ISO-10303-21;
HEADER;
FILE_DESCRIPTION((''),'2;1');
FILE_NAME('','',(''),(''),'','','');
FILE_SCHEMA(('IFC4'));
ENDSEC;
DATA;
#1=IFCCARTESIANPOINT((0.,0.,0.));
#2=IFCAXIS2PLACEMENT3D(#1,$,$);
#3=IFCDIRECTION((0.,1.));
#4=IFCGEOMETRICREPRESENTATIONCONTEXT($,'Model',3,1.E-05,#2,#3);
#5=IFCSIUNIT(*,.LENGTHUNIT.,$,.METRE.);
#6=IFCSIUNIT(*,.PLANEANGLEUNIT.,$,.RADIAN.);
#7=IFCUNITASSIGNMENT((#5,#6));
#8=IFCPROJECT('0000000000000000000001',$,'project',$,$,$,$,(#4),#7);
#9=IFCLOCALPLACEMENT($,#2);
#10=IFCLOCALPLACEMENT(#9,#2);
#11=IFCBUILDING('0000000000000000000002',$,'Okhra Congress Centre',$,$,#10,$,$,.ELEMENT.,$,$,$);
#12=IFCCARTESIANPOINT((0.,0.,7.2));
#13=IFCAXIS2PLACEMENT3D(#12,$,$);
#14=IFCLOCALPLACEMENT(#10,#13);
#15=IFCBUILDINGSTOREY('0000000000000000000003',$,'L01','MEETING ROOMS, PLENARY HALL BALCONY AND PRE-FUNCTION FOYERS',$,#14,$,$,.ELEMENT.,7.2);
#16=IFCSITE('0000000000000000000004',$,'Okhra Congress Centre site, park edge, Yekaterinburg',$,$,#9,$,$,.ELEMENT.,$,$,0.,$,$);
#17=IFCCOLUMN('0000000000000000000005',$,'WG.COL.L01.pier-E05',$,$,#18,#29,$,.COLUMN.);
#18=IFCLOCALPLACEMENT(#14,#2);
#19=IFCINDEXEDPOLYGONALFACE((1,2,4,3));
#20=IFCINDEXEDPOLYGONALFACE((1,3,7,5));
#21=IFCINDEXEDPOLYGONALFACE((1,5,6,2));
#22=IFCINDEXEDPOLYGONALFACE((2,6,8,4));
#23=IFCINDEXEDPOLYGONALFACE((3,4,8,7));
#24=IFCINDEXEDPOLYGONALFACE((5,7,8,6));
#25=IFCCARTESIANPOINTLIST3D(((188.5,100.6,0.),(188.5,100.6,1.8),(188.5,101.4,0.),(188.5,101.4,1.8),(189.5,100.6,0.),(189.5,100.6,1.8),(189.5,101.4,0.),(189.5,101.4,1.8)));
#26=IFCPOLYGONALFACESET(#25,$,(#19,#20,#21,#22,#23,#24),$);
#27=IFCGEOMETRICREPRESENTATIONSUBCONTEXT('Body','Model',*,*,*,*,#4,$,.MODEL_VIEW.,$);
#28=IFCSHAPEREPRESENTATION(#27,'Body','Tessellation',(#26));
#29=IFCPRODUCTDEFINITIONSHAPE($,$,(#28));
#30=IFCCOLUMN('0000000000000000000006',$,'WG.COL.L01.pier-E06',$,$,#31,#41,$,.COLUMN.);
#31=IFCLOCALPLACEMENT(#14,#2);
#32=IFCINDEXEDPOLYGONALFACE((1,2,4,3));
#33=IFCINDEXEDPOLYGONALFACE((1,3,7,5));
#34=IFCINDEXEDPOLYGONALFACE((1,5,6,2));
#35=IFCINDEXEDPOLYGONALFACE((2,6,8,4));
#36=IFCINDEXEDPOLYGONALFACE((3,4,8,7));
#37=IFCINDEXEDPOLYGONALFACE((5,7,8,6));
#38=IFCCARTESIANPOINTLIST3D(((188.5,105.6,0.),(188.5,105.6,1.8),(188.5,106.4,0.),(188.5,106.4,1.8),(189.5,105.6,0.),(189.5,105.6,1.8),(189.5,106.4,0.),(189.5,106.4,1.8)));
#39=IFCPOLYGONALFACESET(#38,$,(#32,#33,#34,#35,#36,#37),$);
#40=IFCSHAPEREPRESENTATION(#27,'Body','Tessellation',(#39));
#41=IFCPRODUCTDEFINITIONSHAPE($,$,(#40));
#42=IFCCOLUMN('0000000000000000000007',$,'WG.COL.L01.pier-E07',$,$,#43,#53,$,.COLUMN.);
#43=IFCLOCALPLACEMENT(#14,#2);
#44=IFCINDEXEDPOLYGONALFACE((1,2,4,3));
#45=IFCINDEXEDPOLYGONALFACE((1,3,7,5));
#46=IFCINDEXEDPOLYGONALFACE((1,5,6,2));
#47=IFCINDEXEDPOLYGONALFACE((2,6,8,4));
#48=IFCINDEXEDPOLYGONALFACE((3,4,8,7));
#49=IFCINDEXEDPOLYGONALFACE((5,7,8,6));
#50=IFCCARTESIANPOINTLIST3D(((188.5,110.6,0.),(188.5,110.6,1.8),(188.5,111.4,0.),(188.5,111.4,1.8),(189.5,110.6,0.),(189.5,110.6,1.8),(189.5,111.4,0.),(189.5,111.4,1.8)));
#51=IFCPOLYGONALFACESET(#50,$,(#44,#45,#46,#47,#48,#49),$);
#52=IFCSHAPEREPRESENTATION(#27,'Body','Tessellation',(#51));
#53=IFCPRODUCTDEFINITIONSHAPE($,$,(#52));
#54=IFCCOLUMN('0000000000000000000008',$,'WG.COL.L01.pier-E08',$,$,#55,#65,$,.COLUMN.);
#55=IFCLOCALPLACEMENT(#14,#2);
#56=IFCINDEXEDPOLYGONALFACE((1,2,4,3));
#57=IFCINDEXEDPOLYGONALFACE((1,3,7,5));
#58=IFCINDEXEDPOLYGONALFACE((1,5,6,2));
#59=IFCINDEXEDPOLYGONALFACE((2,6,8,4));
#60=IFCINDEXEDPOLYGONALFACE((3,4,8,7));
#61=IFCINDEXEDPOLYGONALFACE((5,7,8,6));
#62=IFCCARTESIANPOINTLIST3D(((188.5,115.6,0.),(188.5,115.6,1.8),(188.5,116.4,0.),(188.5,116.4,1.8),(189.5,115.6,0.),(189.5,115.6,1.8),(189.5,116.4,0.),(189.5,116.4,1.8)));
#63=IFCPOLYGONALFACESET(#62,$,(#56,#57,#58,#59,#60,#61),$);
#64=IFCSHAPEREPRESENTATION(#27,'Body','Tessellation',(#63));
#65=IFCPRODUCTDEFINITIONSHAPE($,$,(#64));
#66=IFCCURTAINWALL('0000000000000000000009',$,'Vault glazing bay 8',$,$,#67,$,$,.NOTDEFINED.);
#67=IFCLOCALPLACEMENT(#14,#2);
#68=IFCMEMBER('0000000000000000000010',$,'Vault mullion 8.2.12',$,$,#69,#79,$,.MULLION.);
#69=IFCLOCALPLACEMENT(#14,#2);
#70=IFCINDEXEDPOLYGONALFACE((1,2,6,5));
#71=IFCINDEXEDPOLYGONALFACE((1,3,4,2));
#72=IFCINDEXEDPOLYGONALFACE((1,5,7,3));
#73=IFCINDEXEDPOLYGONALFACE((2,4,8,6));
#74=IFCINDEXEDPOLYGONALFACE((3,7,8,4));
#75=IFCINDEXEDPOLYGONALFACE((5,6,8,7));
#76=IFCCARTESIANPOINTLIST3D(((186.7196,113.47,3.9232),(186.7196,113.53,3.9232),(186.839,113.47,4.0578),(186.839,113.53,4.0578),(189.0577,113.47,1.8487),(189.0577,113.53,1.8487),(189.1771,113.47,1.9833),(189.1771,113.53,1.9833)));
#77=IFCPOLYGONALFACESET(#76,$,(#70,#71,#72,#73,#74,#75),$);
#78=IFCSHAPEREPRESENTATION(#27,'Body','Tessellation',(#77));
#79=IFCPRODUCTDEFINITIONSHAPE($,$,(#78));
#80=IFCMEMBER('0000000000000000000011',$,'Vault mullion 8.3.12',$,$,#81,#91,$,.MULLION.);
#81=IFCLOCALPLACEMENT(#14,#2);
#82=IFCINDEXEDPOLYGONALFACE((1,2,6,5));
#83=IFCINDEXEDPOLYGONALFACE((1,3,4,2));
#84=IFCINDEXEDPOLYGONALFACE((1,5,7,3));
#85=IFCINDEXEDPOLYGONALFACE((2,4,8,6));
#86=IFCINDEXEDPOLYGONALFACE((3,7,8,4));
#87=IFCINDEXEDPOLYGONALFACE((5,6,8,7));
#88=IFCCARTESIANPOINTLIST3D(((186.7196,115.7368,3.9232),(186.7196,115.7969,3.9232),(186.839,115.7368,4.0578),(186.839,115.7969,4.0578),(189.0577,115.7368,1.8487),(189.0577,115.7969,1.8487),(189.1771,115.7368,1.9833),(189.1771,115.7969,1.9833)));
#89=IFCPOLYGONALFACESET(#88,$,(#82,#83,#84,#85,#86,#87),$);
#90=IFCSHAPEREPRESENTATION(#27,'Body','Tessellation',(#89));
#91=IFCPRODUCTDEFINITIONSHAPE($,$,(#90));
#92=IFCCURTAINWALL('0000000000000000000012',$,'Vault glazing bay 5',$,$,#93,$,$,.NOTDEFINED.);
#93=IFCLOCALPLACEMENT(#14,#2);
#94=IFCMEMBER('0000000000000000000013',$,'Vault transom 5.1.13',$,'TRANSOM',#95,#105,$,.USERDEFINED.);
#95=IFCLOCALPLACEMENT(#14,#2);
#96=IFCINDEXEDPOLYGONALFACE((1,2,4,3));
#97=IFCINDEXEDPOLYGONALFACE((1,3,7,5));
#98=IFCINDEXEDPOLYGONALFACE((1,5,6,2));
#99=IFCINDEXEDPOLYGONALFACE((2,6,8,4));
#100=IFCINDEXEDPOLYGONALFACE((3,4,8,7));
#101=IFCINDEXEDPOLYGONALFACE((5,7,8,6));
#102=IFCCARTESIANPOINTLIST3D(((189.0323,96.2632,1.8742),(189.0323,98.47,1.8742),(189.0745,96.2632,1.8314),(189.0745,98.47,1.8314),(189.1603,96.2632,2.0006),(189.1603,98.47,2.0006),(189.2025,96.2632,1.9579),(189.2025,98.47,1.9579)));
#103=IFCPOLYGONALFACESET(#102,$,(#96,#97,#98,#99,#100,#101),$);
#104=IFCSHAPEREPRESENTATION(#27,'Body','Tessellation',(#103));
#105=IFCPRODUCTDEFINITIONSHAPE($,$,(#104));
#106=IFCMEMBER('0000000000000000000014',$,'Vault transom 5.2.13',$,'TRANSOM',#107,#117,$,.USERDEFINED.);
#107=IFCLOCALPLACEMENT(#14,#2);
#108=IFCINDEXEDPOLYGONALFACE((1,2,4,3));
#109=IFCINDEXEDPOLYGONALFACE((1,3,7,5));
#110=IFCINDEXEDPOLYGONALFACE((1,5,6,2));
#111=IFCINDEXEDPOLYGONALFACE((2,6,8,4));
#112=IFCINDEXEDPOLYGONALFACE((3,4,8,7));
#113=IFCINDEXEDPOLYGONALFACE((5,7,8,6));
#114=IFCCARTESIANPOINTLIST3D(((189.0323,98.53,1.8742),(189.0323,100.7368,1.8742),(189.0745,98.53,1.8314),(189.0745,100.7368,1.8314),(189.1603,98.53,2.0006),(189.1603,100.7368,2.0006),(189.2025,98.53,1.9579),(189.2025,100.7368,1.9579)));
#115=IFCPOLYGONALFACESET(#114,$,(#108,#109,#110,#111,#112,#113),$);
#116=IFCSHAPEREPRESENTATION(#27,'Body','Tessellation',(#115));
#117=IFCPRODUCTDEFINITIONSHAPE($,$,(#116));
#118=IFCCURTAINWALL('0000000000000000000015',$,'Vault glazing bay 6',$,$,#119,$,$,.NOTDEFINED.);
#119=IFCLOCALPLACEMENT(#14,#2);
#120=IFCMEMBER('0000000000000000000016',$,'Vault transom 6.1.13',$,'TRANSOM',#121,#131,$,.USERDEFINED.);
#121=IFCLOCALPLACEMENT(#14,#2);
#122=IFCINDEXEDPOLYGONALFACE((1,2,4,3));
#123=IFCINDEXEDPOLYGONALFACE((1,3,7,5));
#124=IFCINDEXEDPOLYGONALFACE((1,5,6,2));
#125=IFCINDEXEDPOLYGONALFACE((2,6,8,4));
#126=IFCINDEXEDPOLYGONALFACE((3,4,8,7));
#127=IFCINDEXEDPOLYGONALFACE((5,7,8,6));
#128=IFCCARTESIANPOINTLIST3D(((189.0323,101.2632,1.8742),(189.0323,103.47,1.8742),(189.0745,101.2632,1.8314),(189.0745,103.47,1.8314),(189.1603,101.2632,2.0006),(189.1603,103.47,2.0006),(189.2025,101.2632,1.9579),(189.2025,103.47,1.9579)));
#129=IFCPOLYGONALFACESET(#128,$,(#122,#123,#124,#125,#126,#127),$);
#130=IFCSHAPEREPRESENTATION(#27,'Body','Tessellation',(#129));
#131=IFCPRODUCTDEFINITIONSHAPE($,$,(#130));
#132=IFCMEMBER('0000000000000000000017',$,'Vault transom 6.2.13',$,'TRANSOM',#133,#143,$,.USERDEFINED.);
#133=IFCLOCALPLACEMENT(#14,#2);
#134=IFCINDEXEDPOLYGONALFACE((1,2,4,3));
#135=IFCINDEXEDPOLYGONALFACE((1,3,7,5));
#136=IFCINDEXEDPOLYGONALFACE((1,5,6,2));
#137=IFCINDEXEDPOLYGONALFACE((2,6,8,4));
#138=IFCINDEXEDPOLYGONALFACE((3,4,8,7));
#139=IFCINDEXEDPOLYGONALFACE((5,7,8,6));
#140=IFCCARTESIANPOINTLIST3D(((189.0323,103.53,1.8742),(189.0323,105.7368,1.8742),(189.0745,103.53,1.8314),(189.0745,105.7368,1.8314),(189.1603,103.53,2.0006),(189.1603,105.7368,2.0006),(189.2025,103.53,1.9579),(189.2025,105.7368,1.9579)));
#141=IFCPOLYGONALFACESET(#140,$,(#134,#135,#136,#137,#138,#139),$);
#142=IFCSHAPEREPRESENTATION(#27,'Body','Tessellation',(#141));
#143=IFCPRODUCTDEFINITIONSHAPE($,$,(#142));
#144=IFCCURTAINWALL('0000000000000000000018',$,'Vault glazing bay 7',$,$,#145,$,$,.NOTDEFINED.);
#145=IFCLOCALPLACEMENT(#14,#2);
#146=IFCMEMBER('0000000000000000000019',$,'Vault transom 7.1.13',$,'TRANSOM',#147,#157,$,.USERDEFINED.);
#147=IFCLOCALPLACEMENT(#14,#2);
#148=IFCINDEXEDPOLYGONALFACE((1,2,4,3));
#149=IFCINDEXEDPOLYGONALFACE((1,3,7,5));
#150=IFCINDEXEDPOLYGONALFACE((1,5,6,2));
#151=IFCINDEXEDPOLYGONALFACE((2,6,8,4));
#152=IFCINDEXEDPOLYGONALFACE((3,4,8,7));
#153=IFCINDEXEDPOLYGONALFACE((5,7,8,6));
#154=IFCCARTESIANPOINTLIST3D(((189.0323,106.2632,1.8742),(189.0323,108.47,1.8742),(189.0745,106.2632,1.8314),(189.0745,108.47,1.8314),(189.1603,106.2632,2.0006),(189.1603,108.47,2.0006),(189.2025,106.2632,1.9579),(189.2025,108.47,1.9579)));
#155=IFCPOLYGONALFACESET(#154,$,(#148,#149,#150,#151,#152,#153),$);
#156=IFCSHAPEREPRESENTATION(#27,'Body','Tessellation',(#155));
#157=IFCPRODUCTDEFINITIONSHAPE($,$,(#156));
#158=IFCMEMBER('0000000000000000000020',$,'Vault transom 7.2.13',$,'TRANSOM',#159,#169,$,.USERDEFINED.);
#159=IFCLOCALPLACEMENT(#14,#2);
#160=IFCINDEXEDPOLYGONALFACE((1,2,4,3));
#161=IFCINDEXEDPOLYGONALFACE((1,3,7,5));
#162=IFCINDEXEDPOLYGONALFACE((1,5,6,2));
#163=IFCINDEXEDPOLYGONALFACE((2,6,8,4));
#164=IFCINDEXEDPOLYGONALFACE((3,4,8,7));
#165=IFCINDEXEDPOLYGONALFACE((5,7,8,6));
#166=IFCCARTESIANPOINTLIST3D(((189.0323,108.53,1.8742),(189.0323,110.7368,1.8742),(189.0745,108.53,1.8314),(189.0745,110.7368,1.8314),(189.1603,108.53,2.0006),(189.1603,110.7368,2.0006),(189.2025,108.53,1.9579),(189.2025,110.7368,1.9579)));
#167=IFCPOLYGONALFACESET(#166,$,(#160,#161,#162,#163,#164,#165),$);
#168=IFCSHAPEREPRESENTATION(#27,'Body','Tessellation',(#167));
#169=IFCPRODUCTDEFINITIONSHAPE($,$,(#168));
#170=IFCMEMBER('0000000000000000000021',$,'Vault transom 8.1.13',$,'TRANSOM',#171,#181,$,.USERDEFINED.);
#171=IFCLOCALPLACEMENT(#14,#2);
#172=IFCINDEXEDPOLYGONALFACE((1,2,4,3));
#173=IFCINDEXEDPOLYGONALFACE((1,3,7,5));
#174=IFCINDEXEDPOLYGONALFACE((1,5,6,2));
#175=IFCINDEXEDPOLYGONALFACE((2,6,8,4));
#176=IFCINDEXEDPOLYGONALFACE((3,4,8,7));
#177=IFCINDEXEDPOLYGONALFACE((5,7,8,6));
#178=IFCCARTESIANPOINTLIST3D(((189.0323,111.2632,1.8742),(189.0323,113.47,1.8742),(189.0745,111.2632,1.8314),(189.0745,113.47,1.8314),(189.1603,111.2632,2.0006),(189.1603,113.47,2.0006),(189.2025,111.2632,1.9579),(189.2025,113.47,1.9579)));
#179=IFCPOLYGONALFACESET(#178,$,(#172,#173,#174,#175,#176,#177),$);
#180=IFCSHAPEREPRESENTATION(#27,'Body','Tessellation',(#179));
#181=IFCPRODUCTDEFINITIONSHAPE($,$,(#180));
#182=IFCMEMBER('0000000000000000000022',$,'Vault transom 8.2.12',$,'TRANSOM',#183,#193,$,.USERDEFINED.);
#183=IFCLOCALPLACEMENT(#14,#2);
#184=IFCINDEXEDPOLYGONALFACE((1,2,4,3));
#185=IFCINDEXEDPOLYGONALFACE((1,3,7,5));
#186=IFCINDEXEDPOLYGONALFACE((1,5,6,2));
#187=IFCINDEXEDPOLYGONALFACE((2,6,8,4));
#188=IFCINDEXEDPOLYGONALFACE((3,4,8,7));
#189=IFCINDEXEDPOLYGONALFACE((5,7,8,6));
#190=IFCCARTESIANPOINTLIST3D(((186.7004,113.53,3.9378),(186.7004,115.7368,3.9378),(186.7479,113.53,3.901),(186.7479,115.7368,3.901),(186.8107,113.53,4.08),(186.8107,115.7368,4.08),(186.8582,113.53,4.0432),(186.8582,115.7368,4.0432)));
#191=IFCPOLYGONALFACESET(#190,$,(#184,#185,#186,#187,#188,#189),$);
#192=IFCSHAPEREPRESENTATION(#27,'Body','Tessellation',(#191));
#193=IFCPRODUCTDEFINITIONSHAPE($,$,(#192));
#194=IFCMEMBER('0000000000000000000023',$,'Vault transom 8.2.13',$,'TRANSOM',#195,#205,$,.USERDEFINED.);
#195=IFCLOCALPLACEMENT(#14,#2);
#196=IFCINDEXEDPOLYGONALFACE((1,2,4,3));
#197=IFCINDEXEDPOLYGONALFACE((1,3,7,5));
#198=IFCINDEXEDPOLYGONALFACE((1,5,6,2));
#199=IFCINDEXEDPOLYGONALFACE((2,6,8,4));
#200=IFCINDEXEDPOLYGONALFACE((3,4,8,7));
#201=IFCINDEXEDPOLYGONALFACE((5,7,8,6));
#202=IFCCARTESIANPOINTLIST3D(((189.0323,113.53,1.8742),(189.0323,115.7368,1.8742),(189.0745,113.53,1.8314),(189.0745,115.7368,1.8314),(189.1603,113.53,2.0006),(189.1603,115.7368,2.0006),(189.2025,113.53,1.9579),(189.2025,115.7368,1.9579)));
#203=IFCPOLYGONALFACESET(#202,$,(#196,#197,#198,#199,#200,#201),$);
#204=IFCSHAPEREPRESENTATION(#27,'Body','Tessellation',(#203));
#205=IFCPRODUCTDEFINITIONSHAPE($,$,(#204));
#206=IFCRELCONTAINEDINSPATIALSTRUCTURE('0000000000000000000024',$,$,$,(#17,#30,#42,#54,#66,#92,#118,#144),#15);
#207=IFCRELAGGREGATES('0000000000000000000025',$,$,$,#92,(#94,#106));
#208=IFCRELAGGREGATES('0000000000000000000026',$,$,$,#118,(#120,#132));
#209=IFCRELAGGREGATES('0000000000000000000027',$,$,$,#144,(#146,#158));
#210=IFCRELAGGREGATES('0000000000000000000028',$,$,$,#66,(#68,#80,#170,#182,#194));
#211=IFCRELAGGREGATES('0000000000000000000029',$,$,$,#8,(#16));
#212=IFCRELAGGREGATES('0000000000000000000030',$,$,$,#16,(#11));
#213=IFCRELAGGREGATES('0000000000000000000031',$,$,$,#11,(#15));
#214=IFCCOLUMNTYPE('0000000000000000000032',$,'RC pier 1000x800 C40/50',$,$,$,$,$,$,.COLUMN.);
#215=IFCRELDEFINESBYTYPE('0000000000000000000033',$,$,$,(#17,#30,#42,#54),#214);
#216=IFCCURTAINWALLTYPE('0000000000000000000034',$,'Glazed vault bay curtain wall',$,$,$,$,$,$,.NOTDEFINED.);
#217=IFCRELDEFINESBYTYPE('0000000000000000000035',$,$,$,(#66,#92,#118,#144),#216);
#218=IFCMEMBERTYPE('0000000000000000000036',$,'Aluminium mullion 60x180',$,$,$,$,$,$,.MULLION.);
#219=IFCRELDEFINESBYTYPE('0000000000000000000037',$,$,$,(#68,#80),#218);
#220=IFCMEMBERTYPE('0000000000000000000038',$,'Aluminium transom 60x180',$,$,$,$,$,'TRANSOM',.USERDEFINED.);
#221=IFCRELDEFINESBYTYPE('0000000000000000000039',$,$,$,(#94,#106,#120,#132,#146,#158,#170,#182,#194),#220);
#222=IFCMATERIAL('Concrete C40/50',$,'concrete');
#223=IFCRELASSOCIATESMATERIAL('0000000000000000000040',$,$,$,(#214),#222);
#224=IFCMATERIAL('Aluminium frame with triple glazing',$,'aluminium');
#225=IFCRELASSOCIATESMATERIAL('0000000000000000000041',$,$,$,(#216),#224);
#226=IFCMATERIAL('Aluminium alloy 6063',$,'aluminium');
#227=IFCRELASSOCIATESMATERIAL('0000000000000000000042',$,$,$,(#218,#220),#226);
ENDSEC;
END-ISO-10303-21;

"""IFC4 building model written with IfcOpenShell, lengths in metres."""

from ifc_helpers import new_model, si_unit, direction, frame, origin, origin_2d, place, context, subcontext, project, spatial, rectangle, extrude, material, material_profile, profile_set, type_object, element, aggregate, save


model = new_model("IFC4")

# Units and contexts
model_context = context("Model", 3, precision=1e-05, world=origin(), true_north=direction((0.0, 1.0)))
body_context = subcontext(model_context, "Body", "Model", "MODEL_VIEW")
ifc_project = project(units=[si_unit("LENGTHUNIT", "METRE"), si_unit("PLANEANGLEUNIT", "RADIAN")], contexts=[model_context])

# Site, building, storey
site_placement = place(None, origin())
site = spatial("IfcSite", under=ifc_project, at=site_placement, Name="Okhra Congress Centre site, park edge, Yekaterinburg", CompositionType="ELEMENT", RefElevation=0.0)
building_placement = place(site_placement, origin())
building = spatial("IfcBuilding", under=site, at=building_placement, Name="Okhra Congress Centre", CompositionType="ELEMENT")
storey_placement = place(building_placement, frame((0.0, 0.0, 7.2)))
storey = spatial("IfcBuildingStorey", under=building, at=storey_placement, Name="L01", Description="MEETING ROOMS, PLENARY HALL BALCONY AND PRE-FUNCTION FOYERS", CompositionType="ELEMENT", Elevation=7.2)

# Columns
ifc_material_1 = material(Name="Concrete C40/50", Category="concrete")
ifc_material_profile_1 = material_profile(ifc_material_1, rectangle(XDim=1.0, YDim=0.8, at=origin_2d()), Name="RC 1000x800")
ifc_profile_set_1 = profile_set([ifc_material_profile_1], Name="Concrete C40/50")
column_type = type_object("IfcColumnType", Name="RC pier 1000x800 C40/50", PredefinedType="COLUMN", material=ifc_profile_set_1)
for number, where, z_axis, x_axis, name in (
    (1, (189.0, 101.0, 0.0), (0.0, 0.0, 1.0), (1.0, 0.0, 0.0), "WG.COL.L01.pier-E05"),
    (2, (189.0, 106.0, 0.0), (0.0, 0.0, 1.0), (1.0, 0.0, 0.0), "WG.COL.L01.pier-E06"),
    (3, (189.0, 111.0, 0.0), (0.0, 0.0, 1.0), (1.0, 0.0, 0.0), "WG.COL.L01.pier-E07"),
    (4, (189.0, 116.0, 0.0), (0.0, 0.0, 1.0), (1.0, 0.0, 0.0), "WG.COL.L01.pier-E08"),
):
    element("IfcColumn", number, at=place(storey_placement, frame(where, z_axis=z_axis, x_axis=x_axis)), inside=storey, type_object=column_type, Name=name, PredefinedType="COLUMN", context=body_context, shape_type="SweptSolid", body=[
        extrude(rectangle(XDim=1.0, YDim=0.8, at=origin_2d()), origin(), (0.0, 0.0, 1.0), 1.8),
    ])

# Curtain walls, members
ifc_material_2 = material(Name="Aluminium frame with triple glazing", Category="aluminium")
curtain_wall_type = type_object("IfcCurtainWallType", Name="Glazed vault bay curtain wall", PredefinedType="NOTDEFINED", material=ifc_material_2)
curtain_wall_1_placement = place(storey_placement, origin())
curtain_wall_1 = element("IfcCurtainWall", 5, at=curtain_wall_1_placement, inside=storey, type_object=curtain_wall_type, Name="Vault glazing bay 8", PredefinedType="NOTDEFINED")
ifc_material_3 = material(Name="Aluminium alloy 6063", Category="aluminium")
ifc_material_profile_2 = material_profile(ifc_material_3, rectangle(XDim=0.0601, YDim=0.1799, at=origin_2d()), Name="AL 60x180")
ifc_profile_set_2 = profile_set([ifc_material_profile_2], Name="Aluminium alloy 6063")
member_type_1 = type_object("IfcMemberType", Name="Aluminium mullion 60x180", PredefinedType="MULLION", material=ifc_profile_set_2)
member_1_placement = place(storey_placement, frame((186.7793, 113.5, 3.9905), z_axis=(0.748025, 0.0, -0.66367), x_axis=(0.0, 1.0, 0.0)))
member_1 = element("IfcMember", 6, at=member_1_placement, type_object=member_type_1, Name="Vault mullion 8.2.12", PredefinedType="MULLION", context=body_context, shape_type="SweptSolid", body=[
    extrude(rectangle(XDim=0.0601, YDim=0.1799, at=origin_2d()), origin(), (0.0, 0.0, 1.0), 3.1257),
])
member_2_placement = place(storey_placement, frame((186.7793, 115.7668, 3.9905), z_axis=(0.748025, 0.0, -0.66367), x_axis=(0.0, 1.0, 0.0)))
member_2 = element("IfcMember", 7, at=member_2_placement, type_object=member_type_1, Name="Vault mullion 8.3.12", PredefinedType="MULLION", context=body_context, shape_type="SweptSolid", body=[
    extrude(rectangle(XDim=0.0601, YDim=0.1799, at=origin_2d()), origin(), (0.0, 0.0, 1.0), 3.1257),
])
curtain_wall_2_placement = place(storey_placement, origin())
curtain_wall_2 = element("IfcCurtainWall", 8, at=curtain_wall_2_placement, inside=storey, type_object=curtain_wall_type, Name="Vault glazing bay 5", PredefinedType="NOTDEFINED")
ifc_material_profile_3 = material_profile(ifc_material_3, rectangle(XDim=0.0601, YDim=0.1799, at=origin_2d()), Name="AL 60x180 transom")
ifc_profile_set_3 = profile_set([ifc_material_profile_3], Name="Aluminium alloy 6063")
member_type_2 = type_object("IfcMemberType", Name="Aluminium transom 60x180", ElementType="TRANSOM", PredefinedType="USERDEFINED", material=ifc_profile_set_3)
member_3_placement = place(storey_placement, frame((189.1174, 96.2632, 1.916), z_axis=(0.0, 1.0, 0.0), x_axis=(-0.702636, 0.0, 0.711549)))
member_3 = element("IfcMember", 9, at=member_3_placement, type_object=member_type_2, Name="Vault transom 5.1.13", ObjectType="TRANSOM", PredefinedType="USERDEFINED", context=body_context, shape_type="SweptSolid", body=[
    extrude(rectangle(XDim=0.0601, YDim=0.1799, at=origin_2d()), origin(), (0.0, 0.0, 1.0), 2.2068),
])
member_4_placement = place(storey_placement, frame((189.1174, 98.53, 1.916), z_axis=(0.0, 1.0, 0.0), x_axis=(-0.702636, 0.0, 0.711549)))
member_4 = element("IfcMember", 10, at=member_4_placement, type_object=member_type_2, Name="Vault transom 5.2.13", ObjectType="TRANSOM", PredefinedType="USERDEFINED", context=body_context, shape_type="SweptSolid", body=[
    extrude(rectangle(XDim=0.0601, YDim=0.1799, at=origin_2d()), origin(), (0.0, 0.0, 1.0), 2.2068),
])
curtain_wall_3_placement = place(storey_placement, origin())
curtain_wall_3 = element("IfcCurtainWall", 11, at=curtain_wall_3_placement, inside=storey, type_object=curtain_wall_type, Name="Vault glazing bay 6", PredefinedType="NOTDEFINED")
member_5_placement = place(storey_placement, frame((189.1174, 101.2632, 1.916), z_axis=(0.0, 1.0, 0.0), x_axis=(-0.702636, 0.0, 0.711549)))
member_5 = element("IfcMember", 12, at=member_5_placement, type_object=member_type_2, Name="Vault transom 6.1.13", ObjectType="TRANSOM", PredefinedType="USERDEFINED", context=body_context, shape_type="SweptSolid", body=[
    extrude(rectangle(XDim=0.0601, YDim=0.1799, at=origin_2d()), origin(), (0.0, 0.0, 1.0), 2.2068),
])
member_6_placement = place(storey_placement, frame((189.1174, 103.53, 1.916), z_axis=(0.0, 1.0, 0.0), x_axis=(-0.702636, 0.0, 0.711549)))
member_6 = element("IfcMember", 13, at=member_6_placement, type_object=member_type_2, Name="Vault transom 6.2.13", ObjectType="TRANSOM", PredefinedType="USERDEFINED", context=body_context, shape_type="SweptSolid", body=[
    extrude(rectangle(XDim=0.0601, YDim=0.1799, at=origin_2d()), origin(), (0.0, 0.0, 1.0), 2.2068),
])
curtain_wall_4_placement = place(storey_placement, origin())
curtain_wall_4 = element("IfcCurtainWall", 14, at=curtain_wall_4_placement, inside=storey, type_object=curtain_wall_type, Name="Vault glazing bay 7", PredefinedType="NOTDEFINED")
member_7_placement = place(storey_placement, frame((189.1174, 106.2632, 1.916), z_axis=(0.0, 1.0, 0.0), x_axis=(-0.702636, 0.0, 0.711549)))
member_7 = element("IfcMember", 15, at=member_7_placement, type_object=member_type_2, Name="Vault transom 7.1.13", ObjectType="TRANSOM", PredefinedType="USERDEFINED", context=body_context, shape_type="SweptSolid", body=[
    extrude(rectangle(XDim=0.0601, YDim=0.1799, at=origin_2d()), origin(), (0.0, 0.0, 1.0), 2.2068),
])
member_8_placement = place(storey_placement, frame((189.1174, 108.53, 1.916), z_axis=(0.0, 1.0, 0.0), x_axis=(-0.702636, 0.0, 0.711549)))
member_8 = element("IfcMember", 16, at=member_8_placement, type_object=member_type_2, Name="Vault transom 7.2.13", ObjectType="TRANSOM", PredefinedType="USERDEFINED", context=body_context, shape_type="SweptSolid", body=[
    extrude(rectangle(XDim=0.0601, YDim=0.1799, at=origin_2d()), origin(), (0.0, 0.0, 1.0), 2.2068),
])

# Members
member_9_placement = place(storey_placement, frame((189.1174, 111.2632, 1.916), z_axis=(0.0, 1.0, 0.0), x_axis=(-0.702636, 0.0, 0.711549)))
member_9 = element("IfcMember", 17, at=member_9_placement, type_object=member_type_2, Name="Vault transom 8.1.13", ObjectType="TRANSOM", PredefinedType="USERDEFINED", context=body_context, shape_type="SweptSolid", body=[
    extrude(rectangle(XDim=0.0601, YDim=0.1799, at=origin_2d()), origin(), (0.0, 0.0, 1.0), 2.2068),
])
member_10_placement = place(storey_placement, frame((186.7793, 113.53, 3.9905), z_axis=(0.0, 1.0, 0.0), x_axis=(-0.790145, 0.0, 0.61292)))
member_10 = element("IfcMember", 18, at=member_10_placement, type_object=member_type_2, Name="Vault transom 8.2.12", ObjectType="TRANSOM", PredefinedType="USERDEFINED", context=body_context, shape_type="SweptSolid", body=[
    extrude(rectangle(XDim=0.0601, YDim=0.1799, at=origin_2d()), origin(), (0.0, 0.0, 1.0), 2.2068),
])
member_11_placement = place(storey_placement, frame((189.1174, 113.53, 1.916), z_axis=(0.0, 1.0, 0.0), x_axis=(-0.702636, 0.0, 0.711549)))
member_11 = element("IfcMember", 19, at=member_11_placement, type_object=member_type_2, Name="Vault transom 8.2.13", ObjectType="TRANSOM", PredefinedType="USERDEFINED", context=body_context, shape_type="SweptSolid", body=[
    extrude(rectangle(XDim=0.0601, YDim=0.1799, at=origin_2d()), origin(), (0.0, 0.0, 1.0), 2.2068),
])

aggregate(curtain_wall_2, [member_3, member_4])
aggregate(curtain_wall_3, [member_5, member_6])
aggregate(curtain_wall_4, [member_7, member_8])
aggregate(curtain_wall_1, [member_1, member_2, member_9, member_10, member_11])

save(model, "model.ifc")
